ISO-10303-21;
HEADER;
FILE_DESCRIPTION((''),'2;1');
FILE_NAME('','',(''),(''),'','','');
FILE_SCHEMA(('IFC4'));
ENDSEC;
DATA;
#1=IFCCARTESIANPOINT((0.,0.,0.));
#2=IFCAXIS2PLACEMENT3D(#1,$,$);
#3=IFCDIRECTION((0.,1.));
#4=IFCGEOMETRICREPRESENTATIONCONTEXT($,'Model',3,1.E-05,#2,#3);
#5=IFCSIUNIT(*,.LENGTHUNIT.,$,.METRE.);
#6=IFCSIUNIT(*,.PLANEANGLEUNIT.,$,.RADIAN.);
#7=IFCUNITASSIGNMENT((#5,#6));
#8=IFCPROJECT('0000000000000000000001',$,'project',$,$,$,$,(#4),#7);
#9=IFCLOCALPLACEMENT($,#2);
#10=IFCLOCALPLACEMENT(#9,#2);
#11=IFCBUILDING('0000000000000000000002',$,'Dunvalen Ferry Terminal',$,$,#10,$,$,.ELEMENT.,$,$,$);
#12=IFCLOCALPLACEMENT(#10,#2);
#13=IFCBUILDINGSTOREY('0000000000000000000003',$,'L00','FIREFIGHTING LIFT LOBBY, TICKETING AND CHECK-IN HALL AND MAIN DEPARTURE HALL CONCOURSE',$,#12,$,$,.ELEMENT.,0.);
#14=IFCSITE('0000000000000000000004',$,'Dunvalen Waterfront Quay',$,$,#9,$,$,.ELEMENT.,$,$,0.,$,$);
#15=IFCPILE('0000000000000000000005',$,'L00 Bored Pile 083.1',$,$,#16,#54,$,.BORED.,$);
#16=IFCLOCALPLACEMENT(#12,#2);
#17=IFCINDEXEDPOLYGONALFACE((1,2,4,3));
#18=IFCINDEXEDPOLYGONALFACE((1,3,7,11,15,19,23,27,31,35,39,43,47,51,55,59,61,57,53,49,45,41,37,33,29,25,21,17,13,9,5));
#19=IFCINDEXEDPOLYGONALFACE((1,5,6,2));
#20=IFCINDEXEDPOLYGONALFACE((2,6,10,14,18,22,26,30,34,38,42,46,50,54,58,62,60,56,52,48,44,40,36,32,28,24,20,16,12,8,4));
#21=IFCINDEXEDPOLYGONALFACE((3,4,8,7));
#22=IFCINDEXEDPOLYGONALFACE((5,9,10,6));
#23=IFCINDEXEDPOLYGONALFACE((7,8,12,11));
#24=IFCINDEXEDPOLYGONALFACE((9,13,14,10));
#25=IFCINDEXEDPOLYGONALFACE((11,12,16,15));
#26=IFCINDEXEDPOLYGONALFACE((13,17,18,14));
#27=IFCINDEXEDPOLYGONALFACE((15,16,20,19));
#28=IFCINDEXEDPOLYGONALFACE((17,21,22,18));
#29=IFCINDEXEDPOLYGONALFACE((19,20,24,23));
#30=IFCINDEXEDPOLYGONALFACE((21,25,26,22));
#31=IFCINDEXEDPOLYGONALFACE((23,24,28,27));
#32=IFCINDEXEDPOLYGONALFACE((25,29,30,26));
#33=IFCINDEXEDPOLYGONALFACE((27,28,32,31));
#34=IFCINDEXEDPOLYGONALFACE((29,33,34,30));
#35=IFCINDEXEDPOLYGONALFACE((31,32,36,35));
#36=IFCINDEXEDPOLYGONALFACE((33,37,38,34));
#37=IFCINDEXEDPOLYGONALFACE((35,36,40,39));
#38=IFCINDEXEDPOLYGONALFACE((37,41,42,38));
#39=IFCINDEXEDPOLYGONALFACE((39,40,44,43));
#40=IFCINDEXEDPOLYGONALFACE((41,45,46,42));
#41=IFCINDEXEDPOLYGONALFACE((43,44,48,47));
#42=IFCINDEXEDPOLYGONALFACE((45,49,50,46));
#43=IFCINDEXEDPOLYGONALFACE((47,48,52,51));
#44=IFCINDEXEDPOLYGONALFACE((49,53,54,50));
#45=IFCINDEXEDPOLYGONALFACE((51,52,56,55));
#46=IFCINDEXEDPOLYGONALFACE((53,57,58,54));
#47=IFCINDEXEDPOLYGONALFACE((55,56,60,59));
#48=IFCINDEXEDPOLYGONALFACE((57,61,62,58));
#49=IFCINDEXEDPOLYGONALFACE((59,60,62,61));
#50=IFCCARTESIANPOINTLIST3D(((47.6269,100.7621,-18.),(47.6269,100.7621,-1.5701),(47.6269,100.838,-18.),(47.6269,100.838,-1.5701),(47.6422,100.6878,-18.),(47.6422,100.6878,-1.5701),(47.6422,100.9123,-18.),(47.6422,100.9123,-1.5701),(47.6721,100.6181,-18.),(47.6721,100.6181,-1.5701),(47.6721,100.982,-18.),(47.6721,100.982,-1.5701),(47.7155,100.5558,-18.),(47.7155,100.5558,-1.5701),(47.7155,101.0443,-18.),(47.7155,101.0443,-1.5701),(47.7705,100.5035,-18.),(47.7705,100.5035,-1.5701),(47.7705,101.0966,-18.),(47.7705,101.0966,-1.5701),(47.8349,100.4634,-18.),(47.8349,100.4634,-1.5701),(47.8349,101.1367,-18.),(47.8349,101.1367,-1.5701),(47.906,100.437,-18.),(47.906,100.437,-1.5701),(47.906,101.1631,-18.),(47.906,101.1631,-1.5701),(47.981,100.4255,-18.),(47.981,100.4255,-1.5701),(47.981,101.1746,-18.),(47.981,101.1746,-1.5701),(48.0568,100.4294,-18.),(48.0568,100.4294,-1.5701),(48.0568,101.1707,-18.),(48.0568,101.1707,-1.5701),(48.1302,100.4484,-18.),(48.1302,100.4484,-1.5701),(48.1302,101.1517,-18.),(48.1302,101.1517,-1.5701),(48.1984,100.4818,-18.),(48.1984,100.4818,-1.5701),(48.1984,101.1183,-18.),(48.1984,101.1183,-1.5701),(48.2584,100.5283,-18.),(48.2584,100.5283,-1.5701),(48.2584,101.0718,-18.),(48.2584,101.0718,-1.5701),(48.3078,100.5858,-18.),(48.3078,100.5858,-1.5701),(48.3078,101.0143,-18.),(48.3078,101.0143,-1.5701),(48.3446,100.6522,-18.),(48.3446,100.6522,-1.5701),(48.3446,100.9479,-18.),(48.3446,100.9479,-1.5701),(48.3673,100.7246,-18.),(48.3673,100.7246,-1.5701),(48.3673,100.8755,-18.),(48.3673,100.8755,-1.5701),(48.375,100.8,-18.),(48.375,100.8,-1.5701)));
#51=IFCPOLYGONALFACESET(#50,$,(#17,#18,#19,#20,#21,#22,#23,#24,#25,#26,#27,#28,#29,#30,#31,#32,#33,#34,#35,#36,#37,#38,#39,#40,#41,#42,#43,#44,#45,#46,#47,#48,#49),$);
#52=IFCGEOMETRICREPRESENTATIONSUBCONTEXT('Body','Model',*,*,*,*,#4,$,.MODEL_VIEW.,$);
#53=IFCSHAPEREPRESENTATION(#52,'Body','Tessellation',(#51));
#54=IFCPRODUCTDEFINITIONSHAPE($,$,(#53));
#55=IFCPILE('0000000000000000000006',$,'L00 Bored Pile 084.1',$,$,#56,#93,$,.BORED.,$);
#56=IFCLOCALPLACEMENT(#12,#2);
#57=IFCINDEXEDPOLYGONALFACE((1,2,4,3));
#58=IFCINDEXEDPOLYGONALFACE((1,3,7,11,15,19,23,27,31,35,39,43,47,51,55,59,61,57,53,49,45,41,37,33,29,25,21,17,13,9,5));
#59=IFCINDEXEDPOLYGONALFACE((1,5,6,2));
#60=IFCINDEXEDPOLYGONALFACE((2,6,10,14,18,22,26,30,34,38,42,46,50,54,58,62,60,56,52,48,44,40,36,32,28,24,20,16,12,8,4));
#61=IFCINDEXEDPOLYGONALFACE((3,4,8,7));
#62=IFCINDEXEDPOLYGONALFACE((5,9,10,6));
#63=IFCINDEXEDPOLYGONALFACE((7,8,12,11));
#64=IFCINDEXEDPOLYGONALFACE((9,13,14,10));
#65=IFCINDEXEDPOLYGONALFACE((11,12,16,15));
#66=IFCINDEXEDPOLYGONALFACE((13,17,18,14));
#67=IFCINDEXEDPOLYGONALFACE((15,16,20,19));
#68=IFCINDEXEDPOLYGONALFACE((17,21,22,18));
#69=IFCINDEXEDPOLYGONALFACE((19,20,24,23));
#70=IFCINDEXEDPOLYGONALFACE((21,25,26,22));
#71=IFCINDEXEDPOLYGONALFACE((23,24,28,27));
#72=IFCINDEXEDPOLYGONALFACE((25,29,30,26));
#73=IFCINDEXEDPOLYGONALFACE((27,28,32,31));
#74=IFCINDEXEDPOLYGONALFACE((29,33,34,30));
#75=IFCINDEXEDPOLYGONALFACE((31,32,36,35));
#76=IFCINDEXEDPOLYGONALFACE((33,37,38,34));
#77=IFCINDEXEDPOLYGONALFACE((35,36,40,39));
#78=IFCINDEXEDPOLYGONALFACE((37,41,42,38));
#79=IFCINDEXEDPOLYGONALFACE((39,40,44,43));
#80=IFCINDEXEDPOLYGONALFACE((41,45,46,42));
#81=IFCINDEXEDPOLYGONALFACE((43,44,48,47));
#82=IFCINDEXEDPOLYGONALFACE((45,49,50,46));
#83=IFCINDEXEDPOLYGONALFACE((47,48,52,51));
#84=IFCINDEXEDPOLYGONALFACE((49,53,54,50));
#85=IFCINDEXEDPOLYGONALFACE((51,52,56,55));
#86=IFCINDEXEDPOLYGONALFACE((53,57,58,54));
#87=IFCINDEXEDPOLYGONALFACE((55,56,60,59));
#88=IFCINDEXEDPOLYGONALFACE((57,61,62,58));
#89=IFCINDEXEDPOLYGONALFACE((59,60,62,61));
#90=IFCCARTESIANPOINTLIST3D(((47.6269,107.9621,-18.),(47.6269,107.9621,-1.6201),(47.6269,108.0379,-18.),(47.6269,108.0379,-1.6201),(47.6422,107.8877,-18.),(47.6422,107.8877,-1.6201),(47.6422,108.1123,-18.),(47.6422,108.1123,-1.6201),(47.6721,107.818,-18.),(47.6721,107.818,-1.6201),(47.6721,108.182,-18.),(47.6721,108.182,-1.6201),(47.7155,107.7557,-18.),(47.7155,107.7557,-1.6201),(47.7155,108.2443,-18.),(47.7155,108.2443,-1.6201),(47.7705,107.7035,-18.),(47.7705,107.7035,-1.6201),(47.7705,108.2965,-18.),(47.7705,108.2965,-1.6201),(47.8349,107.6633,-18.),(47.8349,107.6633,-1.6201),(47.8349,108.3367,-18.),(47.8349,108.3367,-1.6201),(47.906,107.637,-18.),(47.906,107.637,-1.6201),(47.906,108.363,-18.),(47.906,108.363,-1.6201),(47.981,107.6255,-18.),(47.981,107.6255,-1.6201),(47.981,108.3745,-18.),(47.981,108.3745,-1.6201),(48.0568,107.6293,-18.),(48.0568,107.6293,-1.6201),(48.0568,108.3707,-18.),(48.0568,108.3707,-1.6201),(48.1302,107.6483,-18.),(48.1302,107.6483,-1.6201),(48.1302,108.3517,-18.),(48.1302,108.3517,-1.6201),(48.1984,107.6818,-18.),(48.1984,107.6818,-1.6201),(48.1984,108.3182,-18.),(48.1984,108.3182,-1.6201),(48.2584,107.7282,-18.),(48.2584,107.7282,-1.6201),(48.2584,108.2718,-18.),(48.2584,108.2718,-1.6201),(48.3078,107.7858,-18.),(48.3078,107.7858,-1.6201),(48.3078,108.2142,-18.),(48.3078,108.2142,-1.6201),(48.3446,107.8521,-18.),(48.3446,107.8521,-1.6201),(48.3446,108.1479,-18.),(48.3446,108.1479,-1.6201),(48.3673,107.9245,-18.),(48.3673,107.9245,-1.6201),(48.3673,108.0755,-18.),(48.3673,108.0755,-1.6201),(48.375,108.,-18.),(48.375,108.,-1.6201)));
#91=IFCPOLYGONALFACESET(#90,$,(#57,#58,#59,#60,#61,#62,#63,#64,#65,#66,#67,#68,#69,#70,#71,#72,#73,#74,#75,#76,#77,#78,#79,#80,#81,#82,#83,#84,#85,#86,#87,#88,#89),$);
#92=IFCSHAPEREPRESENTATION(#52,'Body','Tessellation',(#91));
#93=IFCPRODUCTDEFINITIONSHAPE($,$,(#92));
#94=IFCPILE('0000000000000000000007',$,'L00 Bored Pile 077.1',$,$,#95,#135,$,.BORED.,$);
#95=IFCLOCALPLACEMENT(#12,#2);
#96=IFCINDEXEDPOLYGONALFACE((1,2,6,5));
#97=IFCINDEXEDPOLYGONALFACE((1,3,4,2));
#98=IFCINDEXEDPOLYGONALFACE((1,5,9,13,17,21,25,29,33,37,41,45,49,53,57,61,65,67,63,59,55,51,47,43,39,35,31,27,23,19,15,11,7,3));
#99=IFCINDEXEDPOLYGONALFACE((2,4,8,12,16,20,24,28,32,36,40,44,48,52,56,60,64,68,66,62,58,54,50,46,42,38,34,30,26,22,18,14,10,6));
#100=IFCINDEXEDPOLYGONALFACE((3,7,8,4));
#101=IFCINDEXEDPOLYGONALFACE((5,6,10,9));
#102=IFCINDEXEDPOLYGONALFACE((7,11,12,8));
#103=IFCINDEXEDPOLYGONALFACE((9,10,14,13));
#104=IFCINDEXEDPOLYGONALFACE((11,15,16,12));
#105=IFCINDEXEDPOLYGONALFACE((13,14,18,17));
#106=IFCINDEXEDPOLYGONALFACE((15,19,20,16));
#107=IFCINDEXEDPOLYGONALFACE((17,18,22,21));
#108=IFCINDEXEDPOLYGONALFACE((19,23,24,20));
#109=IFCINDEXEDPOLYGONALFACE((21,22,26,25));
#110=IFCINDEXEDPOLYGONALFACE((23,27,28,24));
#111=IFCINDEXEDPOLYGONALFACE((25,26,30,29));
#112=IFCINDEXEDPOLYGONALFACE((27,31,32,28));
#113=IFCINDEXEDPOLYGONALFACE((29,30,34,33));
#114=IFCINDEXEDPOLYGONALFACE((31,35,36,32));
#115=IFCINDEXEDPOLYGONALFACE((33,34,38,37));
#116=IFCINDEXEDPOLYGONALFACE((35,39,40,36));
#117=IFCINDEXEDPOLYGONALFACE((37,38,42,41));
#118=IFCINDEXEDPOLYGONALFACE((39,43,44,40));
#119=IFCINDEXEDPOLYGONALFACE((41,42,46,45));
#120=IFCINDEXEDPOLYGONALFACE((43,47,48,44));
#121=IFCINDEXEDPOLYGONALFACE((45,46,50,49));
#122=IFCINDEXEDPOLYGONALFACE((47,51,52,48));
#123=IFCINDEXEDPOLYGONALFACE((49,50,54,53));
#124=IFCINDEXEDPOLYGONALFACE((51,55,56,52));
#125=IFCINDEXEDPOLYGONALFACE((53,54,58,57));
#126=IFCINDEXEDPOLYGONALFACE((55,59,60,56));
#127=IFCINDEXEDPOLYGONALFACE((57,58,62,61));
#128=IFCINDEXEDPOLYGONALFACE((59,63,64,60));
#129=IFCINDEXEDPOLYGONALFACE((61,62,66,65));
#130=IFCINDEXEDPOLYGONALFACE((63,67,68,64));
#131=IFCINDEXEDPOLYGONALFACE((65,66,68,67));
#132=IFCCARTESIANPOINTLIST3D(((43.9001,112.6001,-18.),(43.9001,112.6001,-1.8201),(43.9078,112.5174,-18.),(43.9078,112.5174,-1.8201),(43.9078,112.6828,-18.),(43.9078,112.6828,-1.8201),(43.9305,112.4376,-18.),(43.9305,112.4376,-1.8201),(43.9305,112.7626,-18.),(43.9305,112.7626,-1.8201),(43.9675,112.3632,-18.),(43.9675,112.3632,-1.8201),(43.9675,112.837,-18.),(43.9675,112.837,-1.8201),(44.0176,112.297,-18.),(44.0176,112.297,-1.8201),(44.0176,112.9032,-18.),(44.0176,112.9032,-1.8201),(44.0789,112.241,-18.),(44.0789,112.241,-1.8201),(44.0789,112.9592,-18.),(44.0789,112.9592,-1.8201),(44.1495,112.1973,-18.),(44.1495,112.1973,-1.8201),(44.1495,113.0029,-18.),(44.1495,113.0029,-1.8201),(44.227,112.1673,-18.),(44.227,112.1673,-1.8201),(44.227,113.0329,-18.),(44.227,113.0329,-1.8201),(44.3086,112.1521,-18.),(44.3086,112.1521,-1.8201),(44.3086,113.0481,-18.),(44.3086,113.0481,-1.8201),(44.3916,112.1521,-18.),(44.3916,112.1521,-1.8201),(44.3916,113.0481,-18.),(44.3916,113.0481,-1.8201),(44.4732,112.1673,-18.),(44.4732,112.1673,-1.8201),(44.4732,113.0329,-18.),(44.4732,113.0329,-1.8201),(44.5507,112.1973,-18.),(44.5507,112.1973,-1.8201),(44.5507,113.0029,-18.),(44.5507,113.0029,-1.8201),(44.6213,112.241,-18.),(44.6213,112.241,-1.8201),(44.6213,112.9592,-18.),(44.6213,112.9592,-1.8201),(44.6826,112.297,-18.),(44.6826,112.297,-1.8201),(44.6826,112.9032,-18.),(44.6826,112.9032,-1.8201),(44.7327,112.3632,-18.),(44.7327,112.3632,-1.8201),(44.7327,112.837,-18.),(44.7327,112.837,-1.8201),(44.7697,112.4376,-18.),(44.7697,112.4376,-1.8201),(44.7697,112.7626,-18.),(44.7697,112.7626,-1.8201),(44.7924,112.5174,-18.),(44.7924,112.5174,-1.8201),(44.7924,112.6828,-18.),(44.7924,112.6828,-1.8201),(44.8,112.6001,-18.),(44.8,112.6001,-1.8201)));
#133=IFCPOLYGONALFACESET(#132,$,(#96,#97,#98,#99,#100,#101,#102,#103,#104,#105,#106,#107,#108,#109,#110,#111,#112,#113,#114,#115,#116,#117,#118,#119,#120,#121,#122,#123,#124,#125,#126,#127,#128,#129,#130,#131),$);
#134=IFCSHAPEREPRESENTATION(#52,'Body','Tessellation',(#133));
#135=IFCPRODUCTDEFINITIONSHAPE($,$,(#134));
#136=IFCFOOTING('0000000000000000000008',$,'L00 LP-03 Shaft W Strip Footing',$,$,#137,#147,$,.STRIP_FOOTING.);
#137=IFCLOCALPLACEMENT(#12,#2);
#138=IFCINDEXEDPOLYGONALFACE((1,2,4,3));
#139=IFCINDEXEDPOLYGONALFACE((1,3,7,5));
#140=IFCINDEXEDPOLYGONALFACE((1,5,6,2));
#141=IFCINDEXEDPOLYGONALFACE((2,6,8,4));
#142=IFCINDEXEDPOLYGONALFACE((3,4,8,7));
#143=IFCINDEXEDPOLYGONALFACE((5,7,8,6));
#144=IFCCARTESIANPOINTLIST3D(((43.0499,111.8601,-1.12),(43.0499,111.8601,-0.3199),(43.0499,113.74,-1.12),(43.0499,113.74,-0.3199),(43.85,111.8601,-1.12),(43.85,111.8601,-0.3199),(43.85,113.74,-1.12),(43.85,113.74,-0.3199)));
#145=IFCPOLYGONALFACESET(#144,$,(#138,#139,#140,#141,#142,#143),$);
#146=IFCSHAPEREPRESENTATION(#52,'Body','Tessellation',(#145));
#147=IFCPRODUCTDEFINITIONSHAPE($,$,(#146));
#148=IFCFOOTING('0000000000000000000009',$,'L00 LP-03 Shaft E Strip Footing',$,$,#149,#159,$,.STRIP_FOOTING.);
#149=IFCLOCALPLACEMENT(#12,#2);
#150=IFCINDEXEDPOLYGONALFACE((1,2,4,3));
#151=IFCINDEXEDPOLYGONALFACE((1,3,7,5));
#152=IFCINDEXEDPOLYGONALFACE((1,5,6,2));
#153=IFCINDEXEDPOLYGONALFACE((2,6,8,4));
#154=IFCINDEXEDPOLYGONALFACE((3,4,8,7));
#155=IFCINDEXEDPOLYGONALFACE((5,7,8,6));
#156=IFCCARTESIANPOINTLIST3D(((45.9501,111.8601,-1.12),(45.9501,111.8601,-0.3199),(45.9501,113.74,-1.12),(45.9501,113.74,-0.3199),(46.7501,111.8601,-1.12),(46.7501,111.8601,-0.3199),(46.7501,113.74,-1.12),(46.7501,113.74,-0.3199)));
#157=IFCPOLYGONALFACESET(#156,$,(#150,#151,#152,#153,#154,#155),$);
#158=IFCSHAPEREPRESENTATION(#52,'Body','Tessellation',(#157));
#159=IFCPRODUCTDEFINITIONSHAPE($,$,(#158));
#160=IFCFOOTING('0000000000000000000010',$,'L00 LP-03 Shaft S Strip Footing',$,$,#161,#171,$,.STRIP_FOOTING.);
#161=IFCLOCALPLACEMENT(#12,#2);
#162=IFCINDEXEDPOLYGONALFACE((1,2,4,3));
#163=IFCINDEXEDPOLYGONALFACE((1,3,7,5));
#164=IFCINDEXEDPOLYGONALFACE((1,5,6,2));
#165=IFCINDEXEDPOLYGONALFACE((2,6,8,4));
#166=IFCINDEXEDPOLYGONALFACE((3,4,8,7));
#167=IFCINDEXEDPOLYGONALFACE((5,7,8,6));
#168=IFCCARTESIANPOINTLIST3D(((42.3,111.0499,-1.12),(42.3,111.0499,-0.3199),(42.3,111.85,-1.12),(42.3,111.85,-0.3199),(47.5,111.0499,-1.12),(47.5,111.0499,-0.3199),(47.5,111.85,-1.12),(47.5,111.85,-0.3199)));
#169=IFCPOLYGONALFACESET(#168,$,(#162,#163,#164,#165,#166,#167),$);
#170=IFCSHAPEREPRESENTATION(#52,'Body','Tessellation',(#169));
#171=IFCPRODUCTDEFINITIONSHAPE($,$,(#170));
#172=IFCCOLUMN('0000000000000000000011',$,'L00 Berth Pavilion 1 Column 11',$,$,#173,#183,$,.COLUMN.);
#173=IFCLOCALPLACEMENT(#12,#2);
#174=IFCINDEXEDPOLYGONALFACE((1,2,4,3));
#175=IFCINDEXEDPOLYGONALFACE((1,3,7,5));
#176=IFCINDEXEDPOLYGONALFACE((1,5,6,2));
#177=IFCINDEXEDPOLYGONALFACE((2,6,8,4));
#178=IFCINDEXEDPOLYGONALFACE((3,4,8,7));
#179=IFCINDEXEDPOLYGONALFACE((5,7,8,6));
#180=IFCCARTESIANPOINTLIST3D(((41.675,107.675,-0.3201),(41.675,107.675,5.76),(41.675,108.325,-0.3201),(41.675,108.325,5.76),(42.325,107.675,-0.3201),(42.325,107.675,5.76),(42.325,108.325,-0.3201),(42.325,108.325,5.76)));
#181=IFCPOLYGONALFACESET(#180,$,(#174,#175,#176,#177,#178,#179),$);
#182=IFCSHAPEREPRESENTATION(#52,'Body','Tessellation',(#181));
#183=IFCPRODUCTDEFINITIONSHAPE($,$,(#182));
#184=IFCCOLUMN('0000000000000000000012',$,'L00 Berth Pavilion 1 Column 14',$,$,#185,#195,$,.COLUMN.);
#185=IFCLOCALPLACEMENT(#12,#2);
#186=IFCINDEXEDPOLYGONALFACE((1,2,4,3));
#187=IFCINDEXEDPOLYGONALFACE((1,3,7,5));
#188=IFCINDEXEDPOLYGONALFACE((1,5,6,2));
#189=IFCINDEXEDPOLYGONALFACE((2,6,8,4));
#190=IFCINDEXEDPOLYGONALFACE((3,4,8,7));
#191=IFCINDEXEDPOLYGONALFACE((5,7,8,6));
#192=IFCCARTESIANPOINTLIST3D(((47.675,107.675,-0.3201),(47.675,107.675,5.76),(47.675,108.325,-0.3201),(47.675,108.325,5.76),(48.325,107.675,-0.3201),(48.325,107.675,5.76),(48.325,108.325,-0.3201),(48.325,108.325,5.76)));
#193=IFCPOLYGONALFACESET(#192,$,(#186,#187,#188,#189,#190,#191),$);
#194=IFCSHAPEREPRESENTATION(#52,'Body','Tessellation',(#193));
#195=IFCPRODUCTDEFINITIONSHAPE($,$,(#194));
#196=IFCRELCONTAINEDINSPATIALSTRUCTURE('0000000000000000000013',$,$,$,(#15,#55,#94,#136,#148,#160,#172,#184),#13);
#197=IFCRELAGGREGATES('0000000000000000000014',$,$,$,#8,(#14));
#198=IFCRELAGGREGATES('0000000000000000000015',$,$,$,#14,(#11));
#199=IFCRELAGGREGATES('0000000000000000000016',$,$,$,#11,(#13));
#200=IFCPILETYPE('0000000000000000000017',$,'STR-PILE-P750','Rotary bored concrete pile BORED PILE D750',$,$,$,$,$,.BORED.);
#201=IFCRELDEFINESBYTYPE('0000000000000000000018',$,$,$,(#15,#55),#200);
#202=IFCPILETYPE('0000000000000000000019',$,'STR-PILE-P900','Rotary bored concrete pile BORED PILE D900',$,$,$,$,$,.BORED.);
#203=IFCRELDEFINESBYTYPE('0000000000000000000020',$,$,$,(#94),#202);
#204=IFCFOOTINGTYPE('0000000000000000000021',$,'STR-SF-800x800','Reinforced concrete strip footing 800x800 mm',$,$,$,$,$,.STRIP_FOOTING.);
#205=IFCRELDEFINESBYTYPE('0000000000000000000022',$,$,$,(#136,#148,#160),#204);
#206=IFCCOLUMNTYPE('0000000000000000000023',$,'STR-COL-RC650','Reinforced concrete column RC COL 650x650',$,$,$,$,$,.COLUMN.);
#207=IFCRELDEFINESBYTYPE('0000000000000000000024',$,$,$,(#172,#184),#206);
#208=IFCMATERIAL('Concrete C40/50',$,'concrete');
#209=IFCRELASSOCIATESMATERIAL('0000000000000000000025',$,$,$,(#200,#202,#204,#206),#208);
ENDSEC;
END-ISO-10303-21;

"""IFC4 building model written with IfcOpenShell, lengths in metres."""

from ifc_helpers import new_model, si_unit, direction, frame, origin, origin_2d, place, context, subcontext, project, spatial, rectangle, circle, extrude, material, material_profile, profile_set, type_object, element, save


model = new_model("IFC4")

# Units and contexts
model_context = context("Model", 3, precision=1e-05, world=origin(), true_north=direction((0.0, 1.0)))
body_context = subcontext(model_context, "Body", "Model", "MODEL_VIEW")
ifc_project = project(units=[si_unit("LENGTHUNIT", "METRE"), si_unit("PLANEANGLEUNIT", "RADIAN")], contexts=[model_context])

# Site, building, storey
site_placement = place(None, origin())
site = spatial("IfcSite", under=ifc_project, at=site_placement, Name="Dunvalen Waterfront Quay", CompositionType="ELEMENT", RefElevation=0.0)
building_placement = place(site_placement, origin())
building = spatial("IfcBuilding", under=site, at=building_placement, Name="Dunvalen Ferry Terminal", CompositionType="ELEMENT")
storey_placement = place(building_placement, origin())
storey = spatial("IfcBuildingStorey", under=building, at=storey_placement, Name="L00", Description="FIREFIGHTING LIFT LOBBY, TICKETING AND CHECK-IN HALL AND MAIN DEPARTURE HALL CONCOURSE", CompositionType="ELEMENT", Elevation=0.0)

# Shared definitions
ifc_material_1 = material(Name="Concrete C40/50", Category="concrete")

# Piles
ifc_material_profile_1 = material_profile(ifc_material_1, circle(Radius=0.375, at=origin_2d()), Name="Concrete C40/50")
ifc_profile_set_1 = profile_set([ifc_material_profile_1], Name="Concrete C40/50")
pile_type_1 = type_object("IfcPileType", Name="STR-PILE-P750", Description="Rotary bored concrete pile BORED PILE D750", PredefinedType="BORED", material=ifc_profile_set_1)
pile_1_placement = place(storey_placement, frame((48.0, 100.8, -1.5701), z_axis=(0.0, 0.0, -1.0), x_axis=(1.0, 0.0, 0.0)))
element("IfcPile", 1, at=pile_1_placement, inside=storey, type_object=pile_type_1, Name="L00 Bored Pile 083.1", PredefinedType="BORED", context=body_context, shape_type="SweptSolid", body=[
    extrude(circle(Radius=0.375, at=origin_2d()), origin(), (0.0, 0.0, 1.0), 16.4299),
])
pile_2_placement = place(storey_placement, frame((48.0, 108.0, -1.6201), z_axis=(0.0, 0.0, -1.0), x_axis=(1.0, 0.0, 0.0)))
element("IfcPile", 2, at=pile_2_placement, inside=storey, type_object=pile_type_1, Name="L00 Bored Pile 084.1", PredefinedType="BORED", context=body_context, shape_type="SweptSolid", body=[
    extrude(circle(Radius=0.375, at=origin_2d()), origin(), (0.0, 0.0, 1.0), 16.3799),
])
ifc_material_profile_2 = material_profile(ifc_material_1, circle(Radius=0.45, at=origin_2d()), Name="Concrete C40/50")
ifc_profile_set_2 = profile_set([ifc_material_profile_2], Name="Concrete C40/50")
pile_type_2 = type_object("IfcPileType", Name="STR-PILE-P900", Description="Rotary bored concrete pile BORED PILE D900", PredefinedType="BORED", material=ifc_profile_set_2)
pile_3_placement = place(storey_placement, frame((44.3501, 112.6001, -1.8201), z_axis=(0.0, 0.0, -1.0), x_axis=(1.0, 0.0, 0.0)))
element("IfcPile", 3, at=pile_3_placement, inside=storey, type_object=pile_type_2, Name="L00 Bored Pile 077.1", PredefinedType="BORED", context=body_context, shape_type="SweptSolid", body=[
    extrude(circle(Radius=0.45, at=origin_2d()), origin(), (0.0, 0.0, 1.0), 16.1799),
])

# Footings
ifc_material_profile_3 = material_profile(ifc_material_1, rectangle(XDim=0.8, YDim=0.8, at=origin_2d()), Name="Concrete C40/50")
ifc_profile_set_3 = profile_set([ifc_material_profile_3], Name="Concrete C40/50")
footing_type_1 = type_object("IfcFootingType", Name="STR-SF-800x800", Description="Reinforced concrete strip footing 800x800 mm", PredefinedType="STRIP_FOOTING", material=ifc_profile_set_3)
for number, where, z_axis, x_axis, name in (
    (4, (43.45, 111.8601, -0.72), (0.0, 1.0, 0.0), (-1.0, 0.0, 0.0), "L00 LP-03 Shaft W Strip Footing"),
    (5, (46.3501, 111.8601, -0.72), (0.0, 1.0, 0.0), (-1.0, 0.0, 0.0), "L00 LP-03 Shaft E Strip Footing"),
):
    element("IfcFooting", number, at=place(storey_placement, frame(where, z_axis=z_axis, x_axis=x_axis)), inside=storey, type_object=footing_type_1, Name=name, PredefinedType="STRIP_FOOTING", context=body_context, shape_type="SweptSolid", body=[
        extrude(rectangle(XDim=0.8, YDim=0.8, at=origin_2d()), origin(), (0.0, 0.0, 1.0), 1.8799),
    ])
footing_1_placement = place(storey_placement, frame((42.3, 111.45, -0.72), z_axis=(1.0, 0.0, 0.0), x_axis=(0.0, 1.0, 0.0)))
element("IfcFooting", 6, at=footing_1_placement, inside=storey, type_object=footing_type_1, Name="L00 LP-03 Shaft S Strip Footing", PredefinedType="STRIP_FOOTING", context=body_context, shape_type="SweptSolid", body=[
    extrude(rectangle(XDim=0.8, YDim=0.8, at=origin_2d()), origin(), (0.0, 0.0, 1.0), 5.2),
])

# Columns
ifc_material_profile_4 = material_profile(ifc_material_1, rectangle(XDim=0.6499, YDim=0.6499, at=origin_2d()), Name="Concrete C40/50")
ifc_profile_set_4 = profile_set([ifc_material_profile_4], Name="Concrete C40/50")
column_type = type_object("IfcColumnType", Name="STR-COL-RC650", Description="Reinforced concrete column RC COL 650x650", PredefinedType="COLUMN", material=ifc_profile_set_4)
for number, where, z_axis, x_axis, name in (
    (7, (42.0, 108.0, -0.3201), (0.0, 0.0, 1.0), (1.0, 0.0, 0.0), "L00 Berth Pavilion 1 Column 11"),
    (8, (48.0, 108.0, -0.3201), (0.0, 0.0, 1.0), (1.0, 0.0, 0.0), "L00 Berth Pavilion 1 Column 14"),
):
    element("IfcColumn", number, at=place(storey_placement, frame(where, z_axis=z_axis, x_axis=x_axis)), inside=storey, type_object=column_type, Name=name, PredefinedType="COLUMN", context=body_context, shape_type="SweptSolid", body=[
        extrude(rectangle(XDim=0.6499, YDim=0.6499, at=origin_2d()), origin(), (0.0, 0.0, 1.0), 6.0801),
    ])

save(model, "model.ifc")
